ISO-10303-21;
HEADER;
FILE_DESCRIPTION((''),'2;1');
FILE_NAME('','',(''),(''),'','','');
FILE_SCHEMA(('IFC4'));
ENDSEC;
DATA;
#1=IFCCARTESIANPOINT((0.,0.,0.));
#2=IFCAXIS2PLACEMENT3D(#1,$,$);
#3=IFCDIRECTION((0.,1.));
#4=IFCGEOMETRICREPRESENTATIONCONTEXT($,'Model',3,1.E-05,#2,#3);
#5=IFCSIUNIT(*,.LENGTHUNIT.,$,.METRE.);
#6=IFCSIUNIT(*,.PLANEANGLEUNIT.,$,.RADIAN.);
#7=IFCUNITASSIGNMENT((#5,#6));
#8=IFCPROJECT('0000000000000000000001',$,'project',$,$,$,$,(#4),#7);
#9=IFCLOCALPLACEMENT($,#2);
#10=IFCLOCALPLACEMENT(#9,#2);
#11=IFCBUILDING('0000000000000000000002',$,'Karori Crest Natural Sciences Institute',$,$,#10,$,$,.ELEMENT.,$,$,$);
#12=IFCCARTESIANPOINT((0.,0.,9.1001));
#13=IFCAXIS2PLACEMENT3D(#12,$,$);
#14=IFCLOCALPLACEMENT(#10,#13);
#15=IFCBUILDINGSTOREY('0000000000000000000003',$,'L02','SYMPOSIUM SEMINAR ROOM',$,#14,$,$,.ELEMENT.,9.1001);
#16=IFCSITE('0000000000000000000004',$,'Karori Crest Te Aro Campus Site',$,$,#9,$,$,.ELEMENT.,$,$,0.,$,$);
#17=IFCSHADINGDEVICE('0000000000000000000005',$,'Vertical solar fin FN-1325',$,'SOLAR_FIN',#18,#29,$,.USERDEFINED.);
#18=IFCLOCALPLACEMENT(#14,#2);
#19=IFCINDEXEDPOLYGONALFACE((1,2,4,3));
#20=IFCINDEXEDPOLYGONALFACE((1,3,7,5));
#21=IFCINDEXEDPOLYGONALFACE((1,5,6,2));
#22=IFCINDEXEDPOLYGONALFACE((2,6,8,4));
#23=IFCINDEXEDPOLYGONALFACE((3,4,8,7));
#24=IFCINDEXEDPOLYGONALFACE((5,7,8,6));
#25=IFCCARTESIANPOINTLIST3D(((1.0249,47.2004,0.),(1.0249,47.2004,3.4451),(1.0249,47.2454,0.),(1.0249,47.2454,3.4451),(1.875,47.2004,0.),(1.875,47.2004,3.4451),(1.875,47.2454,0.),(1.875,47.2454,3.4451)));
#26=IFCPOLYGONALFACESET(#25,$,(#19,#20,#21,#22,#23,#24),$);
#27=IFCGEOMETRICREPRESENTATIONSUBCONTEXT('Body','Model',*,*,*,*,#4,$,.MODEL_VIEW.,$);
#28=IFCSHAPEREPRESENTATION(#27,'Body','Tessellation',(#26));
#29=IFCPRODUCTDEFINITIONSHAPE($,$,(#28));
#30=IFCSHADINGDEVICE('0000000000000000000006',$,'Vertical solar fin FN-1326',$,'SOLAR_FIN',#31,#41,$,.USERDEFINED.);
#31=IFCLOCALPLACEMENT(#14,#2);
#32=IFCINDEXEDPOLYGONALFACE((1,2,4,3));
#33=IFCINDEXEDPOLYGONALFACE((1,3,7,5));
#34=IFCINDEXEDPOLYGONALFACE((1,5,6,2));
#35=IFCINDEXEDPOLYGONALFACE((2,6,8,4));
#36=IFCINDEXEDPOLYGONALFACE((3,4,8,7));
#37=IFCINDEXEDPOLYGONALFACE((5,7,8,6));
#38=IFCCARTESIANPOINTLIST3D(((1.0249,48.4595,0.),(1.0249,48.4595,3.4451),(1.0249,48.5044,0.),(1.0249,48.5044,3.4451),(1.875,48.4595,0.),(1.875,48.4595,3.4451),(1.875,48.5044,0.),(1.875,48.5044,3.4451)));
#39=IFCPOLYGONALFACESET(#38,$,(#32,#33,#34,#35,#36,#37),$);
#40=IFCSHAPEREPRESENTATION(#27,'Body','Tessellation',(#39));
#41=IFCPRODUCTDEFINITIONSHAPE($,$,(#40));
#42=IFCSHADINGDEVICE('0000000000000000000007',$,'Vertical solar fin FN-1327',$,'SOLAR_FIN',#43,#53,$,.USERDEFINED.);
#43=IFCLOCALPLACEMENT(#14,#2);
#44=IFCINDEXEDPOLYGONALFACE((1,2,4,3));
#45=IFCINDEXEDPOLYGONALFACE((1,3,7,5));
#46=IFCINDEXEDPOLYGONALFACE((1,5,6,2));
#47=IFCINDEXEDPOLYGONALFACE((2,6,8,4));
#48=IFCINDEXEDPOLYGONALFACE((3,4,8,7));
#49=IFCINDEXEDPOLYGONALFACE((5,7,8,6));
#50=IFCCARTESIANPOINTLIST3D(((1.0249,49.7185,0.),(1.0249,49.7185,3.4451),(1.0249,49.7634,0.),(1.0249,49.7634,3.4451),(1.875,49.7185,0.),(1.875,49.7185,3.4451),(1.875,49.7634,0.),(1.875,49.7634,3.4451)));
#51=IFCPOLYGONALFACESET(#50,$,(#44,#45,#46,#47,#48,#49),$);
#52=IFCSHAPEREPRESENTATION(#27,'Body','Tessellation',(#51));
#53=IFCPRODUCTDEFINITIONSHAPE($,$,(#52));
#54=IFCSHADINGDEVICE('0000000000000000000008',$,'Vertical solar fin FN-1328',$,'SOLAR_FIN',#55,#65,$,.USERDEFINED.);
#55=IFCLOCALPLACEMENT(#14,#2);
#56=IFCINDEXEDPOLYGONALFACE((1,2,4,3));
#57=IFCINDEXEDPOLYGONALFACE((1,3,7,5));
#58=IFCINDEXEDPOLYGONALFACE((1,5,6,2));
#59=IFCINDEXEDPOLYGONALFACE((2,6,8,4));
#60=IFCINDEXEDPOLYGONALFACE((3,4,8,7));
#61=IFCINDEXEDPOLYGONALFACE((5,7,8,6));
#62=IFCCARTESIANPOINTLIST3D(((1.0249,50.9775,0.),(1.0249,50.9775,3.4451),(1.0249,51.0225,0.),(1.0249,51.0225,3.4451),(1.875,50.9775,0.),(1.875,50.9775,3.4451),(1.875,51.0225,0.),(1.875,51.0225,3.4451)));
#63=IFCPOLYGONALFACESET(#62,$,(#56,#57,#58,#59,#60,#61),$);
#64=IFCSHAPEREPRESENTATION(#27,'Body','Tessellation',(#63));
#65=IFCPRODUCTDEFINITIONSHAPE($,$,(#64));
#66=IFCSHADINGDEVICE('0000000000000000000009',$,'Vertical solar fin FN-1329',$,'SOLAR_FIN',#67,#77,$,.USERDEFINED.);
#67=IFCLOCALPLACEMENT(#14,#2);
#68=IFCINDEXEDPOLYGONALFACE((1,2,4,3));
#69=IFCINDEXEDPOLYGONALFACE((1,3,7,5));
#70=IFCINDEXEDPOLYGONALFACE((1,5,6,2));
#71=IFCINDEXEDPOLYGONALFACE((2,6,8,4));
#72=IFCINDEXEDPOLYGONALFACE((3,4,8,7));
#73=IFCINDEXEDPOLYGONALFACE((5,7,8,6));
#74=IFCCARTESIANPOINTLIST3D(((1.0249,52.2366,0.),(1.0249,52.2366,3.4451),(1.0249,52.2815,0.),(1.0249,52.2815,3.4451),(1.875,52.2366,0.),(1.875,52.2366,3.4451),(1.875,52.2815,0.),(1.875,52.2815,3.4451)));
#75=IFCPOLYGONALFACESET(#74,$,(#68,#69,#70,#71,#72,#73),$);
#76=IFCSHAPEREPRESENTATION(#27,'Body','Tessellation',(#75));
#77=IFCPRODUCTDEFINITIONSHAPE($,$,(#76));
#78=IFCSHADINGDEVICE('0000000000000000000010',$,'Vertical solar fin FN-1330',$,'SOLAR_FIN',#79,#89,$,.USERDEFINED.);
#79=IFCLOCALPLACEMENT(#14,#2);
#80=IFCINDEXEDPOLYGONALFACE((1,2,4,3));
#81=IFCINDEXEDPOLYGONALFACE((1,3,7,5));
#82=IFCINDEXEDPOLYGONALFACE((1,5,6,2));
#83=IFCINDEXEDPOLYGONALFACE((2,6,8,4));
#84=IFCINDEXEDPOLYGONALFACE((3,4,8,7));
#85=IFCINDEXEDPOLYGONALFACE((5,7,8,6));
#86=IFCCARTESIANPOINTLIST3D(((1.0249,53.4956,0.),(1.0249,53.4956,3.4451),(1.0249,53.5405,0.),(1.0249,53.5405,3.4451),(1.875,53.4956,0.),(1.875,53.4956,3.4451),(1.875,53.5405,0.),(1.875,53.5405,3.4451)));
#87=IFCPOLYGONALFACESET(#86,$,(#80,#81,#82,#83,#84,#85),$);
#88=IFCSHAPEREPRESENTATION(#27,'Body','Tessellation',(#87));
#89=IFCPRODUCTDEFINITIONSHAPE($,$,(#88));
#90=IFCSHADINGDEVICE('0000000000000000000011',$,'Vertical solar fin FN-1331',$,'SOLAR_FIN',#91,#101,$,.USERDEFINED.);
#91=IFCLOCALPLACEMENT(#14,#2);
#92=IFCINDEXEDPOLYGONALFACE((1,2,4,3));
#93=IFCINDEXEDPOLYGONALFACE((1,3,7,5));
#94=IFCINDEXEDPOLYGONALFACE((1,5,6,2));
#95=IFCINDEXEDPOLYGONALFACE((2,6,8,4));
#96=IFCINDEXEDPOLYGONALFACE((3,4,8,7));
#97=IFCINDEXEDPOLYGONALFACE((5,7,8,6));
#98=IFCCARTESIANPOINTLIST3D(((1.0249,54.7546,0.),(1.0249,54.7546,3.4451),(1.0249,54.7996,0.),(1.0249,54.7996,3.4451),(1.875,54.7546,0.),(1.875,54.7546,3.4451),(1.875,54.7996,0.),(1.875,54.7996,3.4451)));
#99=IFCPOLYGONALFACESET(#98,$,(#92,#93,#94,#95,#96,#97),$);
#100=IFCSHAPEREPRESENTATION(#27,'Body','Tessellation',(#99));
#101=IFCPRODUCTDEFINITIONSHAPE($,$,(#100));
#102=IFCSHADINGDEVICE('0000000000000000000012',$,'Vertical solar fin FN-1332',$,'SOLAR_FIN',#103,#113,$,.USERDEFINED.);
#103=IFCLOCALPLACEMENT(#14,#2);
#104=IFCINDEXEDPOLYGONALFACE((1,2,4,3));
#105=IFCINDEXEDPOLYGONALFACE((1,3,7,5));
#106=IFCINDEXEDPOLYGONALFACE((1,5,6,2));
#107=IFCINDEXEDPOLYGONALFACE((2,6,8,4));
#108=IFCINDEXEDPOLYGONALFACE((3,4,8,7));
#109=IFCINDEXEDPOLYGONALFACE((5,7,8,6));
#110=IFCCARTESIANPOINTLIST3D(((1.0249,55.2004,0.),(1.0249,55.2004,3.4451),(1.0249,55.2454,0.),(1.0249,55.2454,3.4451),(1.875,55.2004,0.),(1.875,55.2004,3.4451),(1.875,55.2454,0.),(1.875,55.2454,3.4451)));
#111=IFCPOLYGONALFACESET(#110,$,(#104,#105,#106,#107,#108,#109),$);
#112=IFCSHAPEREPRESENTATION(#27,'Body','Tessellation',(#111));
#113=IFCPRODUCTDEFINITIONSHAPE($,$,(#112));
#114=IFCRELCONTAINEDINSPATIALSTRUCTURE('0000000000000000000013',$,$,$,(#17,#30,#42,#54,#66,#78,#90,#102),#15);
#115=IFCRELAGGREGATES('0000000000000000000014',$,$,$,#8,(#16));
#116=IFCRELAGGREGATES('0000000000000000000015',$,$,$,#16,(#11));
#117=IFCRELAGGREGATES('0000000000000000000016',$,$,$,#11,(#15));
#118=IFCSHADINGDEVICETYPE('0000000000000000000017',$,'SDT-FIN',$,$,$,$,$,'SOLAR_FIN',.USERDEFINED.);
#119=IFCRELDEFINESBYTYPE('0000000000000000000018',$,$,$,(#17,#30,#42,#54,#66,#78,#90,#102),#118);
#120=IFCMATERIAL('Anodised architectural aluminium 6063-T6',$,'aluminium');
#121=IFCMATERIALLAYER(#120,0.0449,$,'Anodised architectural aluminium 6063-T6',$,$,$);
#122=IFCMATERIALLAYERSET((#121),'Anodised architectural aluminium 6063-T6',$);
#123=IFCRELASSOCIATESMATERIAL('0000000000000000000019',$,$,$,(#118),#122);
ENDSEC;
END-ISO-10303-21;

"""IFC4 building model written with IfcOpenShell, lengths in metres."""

from ifc_helpers import new_model, si_unit, direction, frame, origin, origin_2d, place, context, subcontext, project, spatial, rectangle, extrude, material, layer, layer_set, type_object, element, save


model = new_model("IFC4")

# Units and contexts
model_context = context("Model", 3, precision=1e-05, world=origin(), true_north=direction((0.0, 1.0)))
body_context = subcontext(model_context, "Body", "Model", "MODEL_VIEW")
ifc_project = project(units=[si_unit("LENGTHUNIT", "METRE"), si_unit("PLANEANGLEUNIT", "RADIAN")], contexts=[model_context])

# Site, building, storey
site_placement = place(None, origin())
site = spatial("IfcSite", under=ifc_project, at=site_placement, Name="Karori Crest Te Aro Campus Site", CompositionType="ELEMENT", RefElevation=0.0)
building_placement = place(site_placement, origin())
building = spatial("IfcBuilding", under=site, at=building_placement, Name="Karori Crest Natural Sciences Institute", CompositionType="ELEMENT")
storey_placement = place(building_placement, frame((0.0, 0.0, 9.1001)))
storey = spatial("IfcBuildingStorey", under=building, at=storey_placement, Name="L02", Description="SYMPOSIUM SEMINAR ROOM", CompositionType="ELEMENT", Elevation=9.1001)

# Shared definitions
ifc_material_1 = material(Name="Anodised architectural aluminium 6063-T6", Category="aluminium")

# Shading devices
ifc_layer_1 = layer(ifc_material_1, 0.0449, Name="Anodised architectural aluminium 6063-T6")
ifc_layer_set_1 = layer_set([ifc_layer_1], Name="Anodised architectural aluminium 6063-T6")
shading_device_type = type_object("IfcShadingDeviceType", Name="SDT-FIN", ElementType="SOLAR_FIN", PredefinedType="USERDEFINED", material=ifc_layer_set_1)
for number, where, z_axis, x_axis, name in (
    (1, (1.45, 47.2229, 0.0), (0.0, 0.0, 1.0), (-1.0, 0.0, 0.0), "Vertical solar fin FN-1325"),
    (2, (1.45, 48.4819, 0.0), (0.0, 0.0, 1.0), (-1.0, 0.0, 0.0), "Vertical solar fin FN-1326"),
    (3, (1.45, 49.741, 0.0), (0.0, 0.0, 1.0), (-1.0, 0.0, 0.0), "Vertical solar fin FN-1327"),
    (4, (1.45, 51.0, 0.0), (0.0, 0.0, 1.0), (-1.0, 0.0, 0.0), "Vertical solar fin FN-1328"),
    (5, (1.45, 52.259, 0.0), (0.0, 0.0, 1.0), (-1.0, 0.0, 0.0), "Vertical solar fin FN-1329"),
    (6, (1.45, 53.5181, 0.0), (0.0, 0.0, 1.0), (-1.0, 0.0, 0.0), "Vertical solar fin FN-1330"),
    (7, (1.45, 54.7771, 0.0), (0.0, 0.0, 1.0), (-1.0, 0.0, 0.0), "Vertical solar fin FN-1331"),
    (8, (1.45, 55.2229, 0.0), (0.0, 0.0, 1.0), (-1.0, 0.0, 0.0), "Vertical solar fin FN-1332"),
):
    element("IfcShadingDevice", number, at=place(storey_placement, frame(where, z_axis=z_axis, x_axis=x_axis)), inside=storey, type_object=shading_device_type, Name=name, ObjectType="SOLAR_FIN", PredefinedType="USERDEFINED", context=body_context, shape_type="SweptSolid", body=[
        extrude(rectangle(XDim=0.8501, YDim=0.0449, at=origin_2d()), origin(), (0.0, 0.0, 1.0), 3.4451),
    ])

save(model, "model.ifc")
